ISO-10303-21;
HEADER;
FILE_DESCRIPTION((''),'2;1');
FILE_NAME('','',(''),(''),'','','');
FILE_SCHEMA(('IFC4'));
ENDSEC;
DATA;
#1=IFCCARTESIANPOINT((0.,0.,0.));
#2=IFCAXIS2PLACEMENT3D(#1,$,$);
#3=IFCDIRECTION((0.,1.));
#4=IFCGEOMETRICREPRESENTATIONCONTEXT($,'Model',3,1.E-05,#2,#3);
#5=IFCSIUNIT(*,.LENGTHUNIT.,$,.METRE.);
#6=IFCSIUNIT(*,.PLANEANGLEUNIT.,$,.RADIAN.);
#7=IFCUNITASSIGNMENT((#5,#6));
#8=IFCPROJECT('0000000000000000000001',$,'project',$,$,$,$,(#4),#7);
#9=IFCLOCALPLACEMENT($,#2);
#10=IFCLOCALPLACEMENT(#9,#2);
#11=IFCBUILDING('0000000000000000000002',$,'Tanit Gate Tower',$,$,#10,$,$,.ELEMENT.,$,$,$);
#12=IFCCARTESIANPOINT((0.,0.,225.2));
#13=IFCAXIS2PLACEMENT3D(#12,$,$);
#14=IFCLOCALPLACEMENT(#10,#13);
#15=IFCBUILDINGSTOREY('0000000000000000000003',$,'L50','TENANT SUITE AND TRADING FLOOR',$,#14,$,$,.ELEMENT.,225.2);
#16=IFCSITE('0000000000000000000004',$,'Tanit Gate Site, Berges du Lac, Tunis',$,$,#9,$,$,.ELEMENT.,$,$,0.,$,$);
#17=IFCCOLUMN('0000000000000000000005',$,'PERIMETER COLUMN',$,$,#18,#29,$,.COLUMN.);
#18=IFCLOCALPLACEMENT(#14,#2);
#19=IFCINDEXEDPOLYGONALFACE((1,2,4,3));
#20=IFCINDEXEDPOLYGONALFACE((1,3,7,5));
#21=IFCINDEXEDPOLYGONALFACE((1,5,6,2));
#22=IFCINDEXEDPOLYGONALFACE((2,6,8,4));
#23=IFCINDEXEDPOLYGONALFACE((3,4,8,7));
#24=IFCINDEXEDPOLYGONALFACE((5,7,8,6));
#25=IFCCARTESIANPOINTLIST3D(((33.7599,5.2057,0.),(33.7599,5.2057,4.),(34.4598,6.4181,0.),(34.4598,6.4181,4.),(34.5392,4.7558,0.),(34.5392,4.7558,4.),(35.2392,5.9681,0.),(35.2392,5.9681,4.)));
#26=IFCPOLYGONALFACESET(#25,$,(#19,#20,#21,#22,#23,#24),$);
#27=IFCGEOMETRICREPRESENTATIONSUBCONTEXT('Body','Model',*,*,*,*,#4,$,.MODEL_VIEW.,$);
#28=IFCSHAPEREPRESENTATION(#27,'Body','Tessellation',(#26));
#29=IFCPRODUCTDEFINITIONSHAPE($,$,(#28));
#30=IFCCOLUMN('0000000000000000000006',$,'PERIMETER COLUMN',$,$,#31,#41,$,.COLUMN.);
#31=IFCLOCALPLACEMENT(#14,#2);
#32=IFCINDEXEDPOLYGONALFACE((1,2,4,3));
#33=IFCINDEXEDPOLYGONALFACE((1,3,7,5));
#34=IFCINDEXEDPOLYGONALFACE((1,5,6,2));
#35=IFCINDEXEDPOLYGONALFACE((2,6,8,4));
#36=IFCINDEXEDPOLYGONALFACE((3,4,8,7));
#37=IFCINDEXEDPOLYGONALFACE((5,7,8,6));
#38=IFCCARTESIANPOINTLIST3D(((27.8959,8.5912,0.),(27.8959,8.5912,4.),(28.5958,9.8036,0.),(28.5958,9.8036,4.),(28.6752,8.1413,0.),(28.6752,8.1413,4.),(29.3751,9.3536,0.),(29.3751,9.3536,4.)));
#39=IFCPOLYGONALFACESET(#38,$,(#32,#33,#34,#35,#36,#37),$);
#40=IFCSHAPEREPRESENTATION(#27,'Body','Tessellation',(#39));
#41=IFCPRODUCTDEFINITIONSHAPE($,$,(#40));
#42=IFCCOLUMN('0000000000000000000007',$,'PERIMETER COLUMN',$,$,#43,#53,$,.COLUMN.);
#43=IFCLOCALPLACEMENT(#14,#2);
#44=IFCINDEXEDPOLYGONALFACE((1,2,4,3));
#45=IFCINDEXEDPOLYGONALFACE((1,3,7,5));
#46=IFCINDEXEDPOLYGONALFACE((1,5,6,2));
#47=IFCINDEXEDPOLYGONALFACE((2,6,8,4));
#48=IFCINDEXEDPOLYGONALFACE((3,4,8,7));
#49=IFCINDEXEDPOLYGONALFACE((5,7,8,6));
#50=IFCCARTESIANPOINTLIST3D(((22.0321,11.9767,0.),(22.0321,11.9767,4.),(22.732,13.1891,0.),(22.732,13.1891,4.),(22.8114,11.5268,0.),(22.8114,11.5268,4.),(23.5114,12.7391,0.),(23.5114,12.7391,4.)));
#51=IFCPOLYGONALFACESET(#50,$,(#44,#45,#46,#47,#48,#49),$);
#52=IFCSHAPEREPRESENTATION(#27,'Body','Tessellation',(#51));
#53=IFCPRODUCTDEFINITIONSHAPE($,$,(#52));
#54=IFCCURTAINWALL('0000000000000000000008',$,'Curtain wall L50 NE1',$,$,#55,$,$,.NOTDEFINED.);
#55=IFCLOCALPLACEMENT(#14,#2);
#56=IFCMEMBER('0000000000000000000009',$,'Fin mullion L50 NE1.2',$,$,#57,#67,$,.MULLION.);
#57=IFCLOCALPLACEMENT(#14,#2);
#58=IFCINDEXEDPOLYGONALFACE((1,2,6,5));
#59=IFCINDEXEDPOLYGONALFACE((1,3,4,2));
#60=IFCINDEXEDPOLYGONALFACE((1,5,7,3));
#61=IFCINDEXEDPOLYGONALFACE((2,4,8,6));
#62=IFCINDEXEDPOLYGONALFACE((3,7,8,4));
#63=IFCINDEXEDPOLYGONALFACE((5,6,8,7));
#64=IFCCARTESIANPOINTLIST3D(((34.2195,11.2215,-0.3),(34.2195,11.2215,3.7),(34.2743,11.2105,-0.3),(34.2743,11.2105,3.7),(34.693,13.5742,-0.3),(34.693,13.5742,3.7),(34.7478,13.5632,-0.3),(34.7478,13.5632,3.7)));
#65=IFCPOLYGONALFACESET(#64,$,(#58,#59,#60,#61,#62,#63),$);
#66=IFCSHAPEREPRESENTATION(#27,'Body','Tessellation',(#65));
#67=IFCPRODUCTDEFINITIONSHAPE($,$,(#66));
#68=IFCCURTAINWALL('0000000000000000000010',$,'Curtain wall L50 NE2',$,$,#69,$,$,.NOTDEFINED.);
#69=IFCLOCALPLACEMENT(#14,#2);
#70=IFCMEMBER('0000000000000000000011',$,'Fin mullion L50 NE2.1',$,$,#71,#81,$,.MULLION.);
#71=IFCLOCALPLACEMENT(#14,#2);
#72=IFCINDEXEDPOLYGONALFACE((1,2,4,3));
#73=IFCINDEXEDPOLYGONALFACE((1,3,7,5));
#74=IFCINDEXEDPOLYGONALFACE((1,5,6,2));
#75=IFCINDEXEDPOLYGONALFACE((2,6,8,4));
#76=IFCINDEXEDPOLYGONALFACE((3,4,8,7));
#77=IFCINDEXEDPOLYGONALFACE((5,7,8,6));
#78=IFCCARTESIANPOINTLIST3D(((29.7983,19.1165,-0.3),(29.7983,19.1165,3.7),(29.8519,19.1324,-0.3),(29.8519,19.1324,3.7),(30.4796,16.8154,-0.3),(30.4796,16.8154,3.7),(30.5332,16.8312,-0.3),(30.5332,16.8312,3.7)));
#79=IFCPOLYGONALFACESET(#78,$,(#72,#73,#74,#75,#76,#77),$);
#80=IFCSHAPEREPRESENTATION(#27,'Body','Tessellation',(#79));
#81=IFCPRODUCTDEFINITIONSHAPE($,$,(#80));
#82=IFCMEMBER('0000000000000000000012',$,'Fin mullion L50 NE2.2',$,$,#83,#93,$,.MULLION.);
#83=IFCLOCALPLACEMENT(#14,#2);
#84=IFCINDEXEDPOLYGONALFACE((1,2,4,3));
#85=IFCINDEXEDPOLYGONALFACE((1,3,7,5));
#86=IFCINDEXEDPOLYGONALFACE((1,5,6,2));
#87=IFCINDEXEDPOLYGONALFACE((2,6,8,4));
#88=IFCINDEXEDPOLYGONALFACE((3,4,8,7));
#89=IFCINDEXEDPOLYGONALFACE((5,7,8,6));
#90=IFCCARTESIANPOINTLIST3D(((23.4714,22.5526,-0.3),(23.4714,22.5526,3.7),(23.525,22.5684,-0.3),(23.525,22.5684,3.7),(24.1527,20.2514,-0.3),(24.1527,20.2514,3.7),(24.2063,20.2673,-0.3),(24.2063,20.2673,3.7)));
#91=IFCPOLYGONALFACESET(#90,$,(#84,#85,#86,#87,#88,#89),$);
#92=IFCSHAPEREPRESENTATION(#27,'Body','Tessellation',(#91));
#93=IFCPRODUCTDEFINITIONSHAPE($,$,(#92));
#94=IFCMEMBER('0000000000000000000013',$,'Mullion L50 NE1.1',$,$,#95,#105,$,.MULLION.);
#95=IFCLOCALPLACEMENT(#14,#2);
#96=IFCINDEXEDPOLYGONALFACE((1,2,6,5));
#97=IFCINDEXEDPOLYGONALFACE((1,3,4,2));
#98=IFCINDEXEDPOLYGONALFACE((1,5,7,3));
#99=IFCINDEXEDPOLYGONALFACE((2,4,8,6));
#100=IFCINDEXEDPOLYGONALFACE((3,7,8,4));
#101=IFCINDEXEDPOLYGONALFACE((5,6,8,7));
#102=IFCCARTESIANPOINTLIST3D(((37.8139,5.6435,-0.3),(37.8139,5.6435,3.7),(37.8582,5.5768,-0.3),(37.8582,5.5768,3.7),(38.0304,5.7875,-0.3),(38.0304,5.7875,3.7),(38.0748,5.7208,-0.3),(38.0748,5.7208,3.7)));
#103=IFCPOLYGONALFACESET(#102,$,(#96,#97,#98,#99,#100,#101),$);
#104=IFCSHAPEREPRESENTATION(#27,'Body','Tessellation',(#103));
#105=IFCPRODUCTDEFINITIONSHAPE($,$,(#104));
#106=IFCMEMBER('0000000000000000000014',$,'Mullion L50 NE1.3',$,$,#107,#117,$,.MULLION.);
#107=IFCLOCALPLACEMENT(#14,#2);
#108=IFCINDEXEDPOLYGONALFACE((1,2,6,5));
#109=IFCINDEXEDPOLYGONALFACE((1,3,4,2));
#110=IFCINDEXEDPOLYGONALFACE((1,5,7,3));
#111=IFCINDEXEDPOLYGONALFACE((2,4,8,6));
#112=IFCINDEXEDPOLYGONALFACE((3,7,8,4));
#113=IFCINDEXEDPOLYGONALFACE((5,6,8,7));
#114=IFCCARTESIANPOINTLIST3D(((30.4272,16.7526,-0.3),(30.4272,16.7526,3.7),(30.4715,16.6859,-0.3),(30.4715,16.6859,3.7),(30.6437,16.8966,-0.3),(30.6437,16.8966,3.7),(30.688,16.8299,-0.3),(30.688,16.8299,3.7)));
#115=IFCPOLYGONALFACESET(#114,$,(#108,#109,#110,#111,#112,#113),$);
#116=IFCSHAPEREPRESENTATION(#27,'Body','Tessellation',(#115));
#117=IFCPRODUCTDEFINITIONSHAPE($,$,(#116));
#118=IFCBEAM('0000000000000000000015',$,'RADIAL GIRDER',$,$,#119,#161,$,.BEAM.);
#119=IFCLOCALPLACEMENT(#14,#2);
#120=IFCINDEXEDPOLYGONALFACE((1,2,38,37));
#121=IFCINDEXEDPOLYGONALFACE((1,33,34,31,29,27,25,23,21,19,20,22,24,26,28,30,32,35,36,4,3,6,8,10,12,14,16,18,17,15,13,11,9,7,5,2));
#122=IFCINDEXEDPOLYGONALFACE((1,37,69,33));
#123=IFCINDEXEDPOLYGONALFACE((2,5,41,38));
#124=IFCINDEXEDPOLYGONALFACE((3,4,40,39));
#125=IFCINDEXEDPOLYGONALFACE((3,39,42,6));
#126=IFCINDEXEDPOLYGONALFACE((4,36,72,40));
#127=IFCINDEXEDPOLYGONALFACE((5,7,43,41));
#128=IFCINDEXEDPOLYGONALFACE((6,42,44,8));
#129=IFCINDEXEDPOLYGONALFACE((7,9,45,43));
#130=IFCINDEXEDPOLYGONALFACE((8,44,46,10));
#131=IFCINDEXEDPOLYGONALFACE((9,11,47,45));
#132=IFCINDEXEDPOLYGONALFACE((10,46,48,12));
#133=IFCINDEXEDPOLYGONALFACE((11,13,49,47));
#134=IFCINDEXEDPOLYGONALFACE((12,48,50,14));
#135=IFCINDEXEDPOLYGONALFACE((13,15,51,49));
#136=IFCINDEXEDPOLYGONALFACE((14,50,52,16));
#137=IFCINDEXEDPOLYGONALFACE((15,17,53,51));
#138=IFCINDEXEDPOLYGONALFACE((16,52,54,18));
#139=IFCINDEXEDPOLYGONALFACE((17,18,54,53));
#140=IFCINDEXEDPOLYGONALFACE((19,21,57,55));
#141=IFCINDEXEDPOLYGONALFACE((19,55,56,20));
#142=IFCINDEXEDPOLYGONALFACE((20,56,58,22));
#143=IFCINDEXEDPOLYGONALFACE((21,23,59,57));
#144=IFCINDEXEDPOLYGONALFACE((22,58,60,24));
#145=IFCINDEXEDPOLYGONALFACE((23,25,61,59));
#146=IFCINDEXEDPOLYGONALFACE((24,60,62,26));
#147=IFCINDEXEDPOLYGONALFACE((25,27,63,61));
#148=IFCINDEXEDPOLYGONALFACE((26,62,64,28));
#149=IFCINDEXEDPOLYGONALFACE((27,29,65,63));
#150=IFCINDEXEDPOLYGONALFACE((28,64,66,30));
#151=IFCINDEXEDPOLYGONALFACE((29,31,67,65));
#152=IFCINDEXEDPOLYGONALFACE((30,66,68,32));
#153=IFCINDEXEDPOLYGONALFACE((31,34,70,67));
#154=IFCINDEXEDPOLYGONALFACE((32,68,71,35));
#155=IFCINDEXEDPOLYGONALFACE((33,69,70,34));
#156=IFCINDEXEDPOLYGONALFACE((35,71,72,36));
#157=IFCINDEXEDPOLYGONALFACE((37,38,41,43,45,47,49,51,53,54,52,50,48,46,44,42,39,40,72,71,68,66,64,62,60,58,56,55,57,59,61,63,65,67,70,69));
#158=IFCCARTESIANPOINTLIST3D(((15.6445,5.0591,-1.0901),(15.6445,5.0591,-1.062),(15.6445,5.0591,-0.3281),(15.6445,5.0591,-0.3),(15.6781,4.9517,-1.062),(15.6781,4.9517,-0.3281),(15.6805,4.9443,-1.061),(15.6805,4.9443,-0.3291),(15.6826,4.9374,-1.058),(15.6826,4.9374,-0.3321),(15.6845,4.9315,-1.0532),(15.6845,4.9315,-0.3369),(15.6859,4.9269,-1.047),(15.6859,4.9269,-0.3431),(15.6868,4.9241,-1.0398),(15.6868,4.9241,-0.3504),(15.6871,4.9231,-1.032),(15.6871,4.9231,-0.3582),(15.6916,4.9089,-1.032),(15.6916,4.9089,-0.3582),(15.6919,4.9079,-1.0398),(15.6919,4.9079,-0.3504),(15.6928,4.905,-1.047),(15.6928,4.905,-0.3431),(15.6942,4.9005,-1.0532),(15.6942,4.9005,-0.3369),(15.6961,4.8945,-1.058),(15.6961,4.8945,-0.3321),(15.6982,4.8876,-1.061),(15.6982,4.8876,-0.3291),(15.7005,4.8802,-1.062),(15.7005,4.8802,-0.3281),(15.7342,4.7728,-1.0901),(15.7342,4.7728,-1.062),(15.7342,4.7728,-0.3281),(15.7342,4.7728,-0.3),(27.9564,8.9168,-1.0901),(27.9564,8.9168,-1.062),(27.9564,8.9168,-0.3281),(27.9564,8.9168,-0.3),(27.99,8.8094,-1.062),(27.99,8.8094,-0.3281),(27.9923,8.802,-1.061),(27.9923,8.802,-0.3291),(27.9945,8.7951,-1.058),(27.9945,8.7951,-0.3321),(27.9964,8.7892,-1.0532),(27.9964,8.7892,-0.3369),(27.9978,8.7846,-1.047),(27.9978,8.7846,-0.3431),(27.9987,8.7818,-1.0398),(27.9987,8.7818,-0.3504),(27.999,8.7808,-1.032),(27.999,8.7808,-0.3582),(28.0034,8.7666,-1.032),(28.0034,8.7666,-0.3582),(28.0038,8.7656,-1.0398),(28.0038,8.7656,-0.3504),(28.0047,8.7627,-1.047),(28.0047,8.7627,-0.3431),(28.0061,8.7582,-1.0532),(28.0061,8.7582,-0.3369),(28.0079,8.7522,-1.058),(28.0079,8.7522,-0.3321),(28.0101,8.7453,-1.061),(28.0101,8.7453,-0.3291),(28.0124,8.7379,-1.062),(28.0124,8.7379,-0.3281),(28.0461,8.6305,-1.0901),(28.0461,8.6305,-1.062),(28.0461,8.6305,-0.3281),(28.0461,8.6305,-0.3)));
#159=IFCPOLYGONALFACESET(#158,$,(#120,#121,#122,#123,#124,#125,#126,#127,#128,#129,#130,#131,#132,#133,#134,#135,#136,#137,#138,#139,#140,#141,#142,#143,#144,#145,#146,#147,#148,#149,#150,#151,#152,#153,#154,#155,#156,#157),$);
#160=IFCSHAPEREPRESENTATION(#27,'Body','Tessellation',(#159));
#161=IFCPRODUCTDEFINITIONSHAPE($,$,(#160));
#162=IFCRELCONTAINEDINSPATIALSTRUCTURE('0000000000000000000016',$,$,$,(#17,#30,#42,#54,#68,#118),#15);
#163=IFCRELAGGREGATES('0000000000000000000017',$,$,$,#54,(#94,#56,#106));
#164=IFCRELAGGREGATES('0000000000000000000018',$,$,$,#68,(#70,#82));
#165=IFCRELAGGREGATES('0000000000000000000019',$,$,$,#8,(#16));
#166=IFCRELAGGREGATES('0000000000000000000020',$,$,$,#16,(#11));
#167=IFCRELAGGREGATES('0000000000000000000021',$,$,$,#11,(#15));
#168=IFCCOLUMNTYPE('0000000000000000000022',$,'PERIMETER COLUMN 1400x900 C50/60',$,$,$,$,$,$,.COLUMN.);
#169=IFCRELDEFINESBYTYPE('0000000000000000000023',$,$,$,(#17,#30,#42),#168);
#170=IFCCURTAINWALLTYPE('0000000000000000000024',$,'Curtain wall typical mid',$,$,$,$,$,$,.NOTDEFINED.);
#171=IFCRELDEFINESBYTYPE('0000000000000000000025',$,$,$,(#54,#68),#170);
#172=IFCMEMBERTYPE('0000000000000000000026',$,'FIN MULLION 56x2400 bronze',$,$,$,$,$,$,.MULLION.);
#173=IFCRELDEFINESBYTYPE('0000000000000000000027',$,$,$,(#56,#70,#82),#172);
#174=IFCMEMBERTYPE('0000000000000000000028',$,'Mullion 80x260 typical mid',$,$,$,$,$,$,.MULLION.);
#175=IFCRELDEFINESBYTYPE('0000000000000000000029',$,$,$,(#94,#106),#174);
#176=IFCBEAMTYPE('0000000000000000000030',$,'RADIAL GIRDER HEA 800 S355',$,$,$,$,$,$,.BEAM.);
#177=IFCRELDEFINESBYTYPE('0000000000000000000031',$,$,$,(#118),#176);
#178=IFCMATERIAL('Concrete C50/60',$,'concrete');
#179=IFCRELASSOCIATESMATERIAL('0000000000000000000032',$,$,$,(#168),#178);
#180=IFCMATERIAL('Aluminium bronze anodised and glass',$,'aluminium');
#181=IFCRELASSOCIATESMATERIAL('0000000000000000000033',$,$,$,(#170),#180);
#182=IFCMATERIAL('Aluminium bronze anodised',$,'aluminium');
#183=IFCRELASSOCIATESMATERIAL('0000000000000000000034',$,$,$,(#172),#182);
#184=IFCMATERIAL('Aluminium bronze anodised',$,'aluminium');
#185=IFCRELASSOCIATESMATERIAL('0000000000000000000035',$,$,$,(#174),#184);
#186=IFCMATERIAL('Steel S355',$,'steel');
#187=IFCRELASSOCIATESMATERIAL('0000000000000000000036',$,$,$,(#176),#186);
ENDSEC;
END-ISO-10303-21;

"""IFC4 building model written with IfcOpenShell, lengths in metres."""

from ifc_helpers import new_model, si_unit, direction, frame, origin, origin_2d, place, context, subcontext, project, spatial, rectangle, i_section, extrude, material, material_profile, profile_set, type_object, element, aggregate, save


model = new_model("IFC4")

# Units and contexts
model_context = context("Model", 3, precision=1e-05, world=origin(), true_north=direction((0.0, 1.0)))
body_context = subcontext(model_context, "Body", "Model", "MODEL_VIEW")
ifc_project = project(units=[si_unit("LENGTHUNIT", "METRE"), si_unit("PLANEANGLEUNIT", "RADIAN")], contexts=[model_context])

# Site, building, storey
site_placement = place(None, origin())
site = spatial("IfcSite", under=ifc_project, at=site_placement, Name="Tanit Gate Site, Berges du Lac, Tunis", CompositionType="ELEMENT", RefElevation=0.0)
building_placement = place(site_placement, origin())
building = spatial("IfcBuilding", under=site, at=building_placement, Name="Tanit Gate Tower", CompositionType="ELEMENT")
storey_placement = place(building_placement, frame((0.0, 0.0, 225.2)))
storey = spatial("IfcBuildingStorey", under=building, at=storey_placement, Name="L50", Description="TENANT SUITE AND TRADING FLOOR", CompositionType="ELEMENT", Elevation=225.2)

# Columns
ifc_material_1 = material(Name="Concrete C50/60", Category="concrete")
ifc_material_profile_1 = material_profile(ifc_material_1, rectangle(XDim=1.3999, YDim=0.8999, at=origin_2d()), Name="RC 1400x900")
ifc_profile_set_1 = profile_set([ifc_material_profile_1], Name="Concrete C50/60")
column_type = type_object("IfcColumnType", Name="PERIMETER COLUMN 1400x900 C50/60", PredefinedType="COLUMN", material=ifc_profile_set_1)
for number, where, z_axis, x_axis, name in (
    (1, (34.4995, 5.5869, 0.0), (0.0, 0.0, 1.0), (0.5, 0.866025, 0.0), "PERIMETER COLUMN"),
    (2, (28.6355, 8.9724, 0.0), (0.0, 0.0, 1.0), (0.5, 0.866025, 0.0), "PERIMETER COLUMN"),
    (3, (22.7717, 12.3579, 0.0), (0.0, 0.0, 1.0), (0.5, 0.866025, 0.0), "PERIMETER COLUMN"),
):
    element("IfcColumn", number, at=place(storey_placement, frame(where, z_axis=z_axis, x_axis=x_axis)), inside=storey, type_object=column_type, Name=name, PredefinedType="COLUMN", context=body_context, shape_type="SweptSolid", body=[
        extrude(rectangle(XDim=1.3999, YDim=0.8999, at=origin_2d()), origin(), (0.0, 0.0, 1.0), 4.0),
    ])

# Curtain wall, member
ifc_material_2 = material(Name="Aluminium bronze anodised and glass", Category="aluminium")
curtain_wall_type = type_object("IfcCurtainWallType", Name="Curtain wall typical mid", PredefinedType="NOTDEFINED", material=ifc_material_2)
curtain_wall_1_placement = place(storey_placement, origin())
curtain_wall_1 = element("IfcCurtainWall", 4, at=curtain_wall_1_placement, inside=storey, type_object=curtain_wall_type, Name="Curtain wall L50 NE1", PredefinedType="NOTDEFINED")
ifc_material_3 = material(Name="Aluminium bronze anodised", Category="aluminium")
ifc_material_profile_2 = material_profile(ifc_material_3, rectangle(XDim=2.3999, YDim=0.0559, at=origin_2d()), Name="56x2400 bronze fin mullion")
ifc_profile_set_2 = profile_set([ifc_material_profile_2], Name="Aluminium bronze anodised")
member_type_1 = type_object("IfcMemberType", Name="FIN MULLION 56x2400 bronze", PredefinedType="MULLION", material=ifc_profile_set_2)
member_1_placement = place(storey_placement, frame((34.4836, 12.3923, -0.3), z_axis=(0.0, 0.0, 1.0), x_axis=(-0.197295, -0.980344, 0.0)))
member_1 = element("IfcMember", 5, at=member_1_placement, type_object=member_type_1, Name="Fin mullion L50 NE1.2", PredefinedType="MULLION", context=body_context, shape_type="SweptSolid", body=[
    extrude(rectangle(XDim=2.3999, YDim=0.0559, at=origin_2d()), origin(), (0.0, 0.0, 1.0), 4.0),
])

# Curtain wall, members
curtain_wall_2_placement = place(storey_placement, origin())
curtain_wall_2 = element("IfcCurtainWall", 6, at=curtain_wall_2_placement, inside=storey, type_object=curtain_wall_type, Name="Curtain wall L50 NE2", PredefinedType="NOTDEFINED")
member_2_placement = place(storey_placement, frame((30.1658, 17.9739, -0.3), z_axis=(0.0, 0.0, 1.0), x_axis=(0.283906, -0.958852, 0.0)))
member_2 = element("IfcMember", 7, at=member_2_placement, type_object=member_type_1, Name="Fin mullion L50 NE2.1", PredefinedType="MULLION", context=body_context, shape_type="SweptSolid", body=[
    extrude(rectangle(XDim=2.3999, YDim=0.0559, at=origin_2d()), origin(), (0.0, 0.0, 1.0), 4.0),
])
member_3_placement = place(storey_placement, frame((23.8389, 21.4099, -0.3), z_axis=(0.0, 0.0, 1.0), x_axis=(0.283906, -0.958852, 0.0)))
member_3 = element("IfcMember", 8, at=member_3_placement, type_object=member_type_1, Name="Fin mullion L50 NE2.2", PredefinedType="MULLION", context=body_context, shape_type="SweptSolid", body=[
    extrude(rectangle(XDim=2.3999, YDim=0.0559, at=origin_2d()), origin(), (0.0, 0.0, 1.0), 4.0),
])

# Members
ifc_material_4 = material(Name="Aluminium bronze anodised", Category="aluminium")
ifc_material_profile_3 = material_profile(ifc_material_4, rectangle(XDim=0.26, YDim=0.0801, at=origin_2d()), Name="80x260 bronze mullion")
ifc_profile_set_3 = profile_set([ifc_material_profile_3], Name="Aluminium bronze anodised")
member_type_2 = type_object("IfcMemberType", Name="Mullion 80x260 typical mid", PredefinedType="MULLION", material=ifc_profile_set_3)
member_4_placement = place(storey_placement, frame((37.9443, 5.6821, -0.3), z_axis=(0.0, 0.0, 1.0), x_axis=(-0.832717, -0.553699, 0.0)))
member_4 = element("IfcMember", 9, at=member_4_placement, type_object=member_type_2, Name="Mullion L50 NE1.1", PredefinedType="MULLION", context=body_context, shape_type="SweptSolid", body=[
    extrude(rectangle(XDim=0.26, YDim=0.0801, at=origin_2d()), origin(), (0.0, 0.0, 1.0), 4.0),
])
member_5_placement = place(storey_placement, frame((30.5576, 16.7913, -0.3), z_axis=(0.0, 0.0, 1.0), x_axis=(-0.832717, -0.553699, 0.0)))
member_5 = element("IfcMember", 10, at=member_5_placement, type_object=member_type_2, Name="Mullion L50 NE1.3", PredefinedType="MULLION", context=body_context, shape_type="SweptSolid", body=[
    extrude(rectangle(XDim=0.26, YDim=0.0801, at=origin_2d()), origin(), (0.0, 0.0, 1.0), 4.0),
])

# Beam
ifc_material_5 = material(Name="Steel S355", Category="steel")
ifc_material_profile_4 = material_profile(ifc_material_5, i_section(OverallWidth=0.3, OverallDepth=0.79, WebThickness=0.0149, FlangeThickness=0.0281, FilletRadius=0.03, at=origin_2d()), Name="HEA 800")
ifc_profile_set_4 = profile_set([ifc_material_profile_4], Name="Steel S355")
beam_type_1 = type_object("IfcBeamType", Name="RADIAL GIRDER HEA 800 S355", PredefinedType="BEAM", material=ifc_profile_set_4)
beam_1_placement = place(storey_placement, frame((28.0012, 8.7737, -0.6951), z_axis=(-0.954254, -0.298998, 0.0), x_axis=(0.298998, -0.954254, 0.0)))
element("IfcBeam", 11, at=beam_1_placement, inside=storey, type_object=beam_type_1, Name="RADIAL GIRDER", PredefinedType="BEAM", context=body_context, shape_type="SweptSolid", body=[
    extrude(i_section(OverallWidth=0.3, OverallDepth=0.79, WebThickness=0.0149, FlangeThickness=0.0281, FilletRadius=0.03, at=origin_2d()), origin(), (0.0, 0.0, 1.0), 12.9021),
])

aggregate(curtain_wall_1, [member_4, member_1, member_5])
aggregate(curtain_wall_2, [member_2, member_3])

save(model, "model.ifc")
